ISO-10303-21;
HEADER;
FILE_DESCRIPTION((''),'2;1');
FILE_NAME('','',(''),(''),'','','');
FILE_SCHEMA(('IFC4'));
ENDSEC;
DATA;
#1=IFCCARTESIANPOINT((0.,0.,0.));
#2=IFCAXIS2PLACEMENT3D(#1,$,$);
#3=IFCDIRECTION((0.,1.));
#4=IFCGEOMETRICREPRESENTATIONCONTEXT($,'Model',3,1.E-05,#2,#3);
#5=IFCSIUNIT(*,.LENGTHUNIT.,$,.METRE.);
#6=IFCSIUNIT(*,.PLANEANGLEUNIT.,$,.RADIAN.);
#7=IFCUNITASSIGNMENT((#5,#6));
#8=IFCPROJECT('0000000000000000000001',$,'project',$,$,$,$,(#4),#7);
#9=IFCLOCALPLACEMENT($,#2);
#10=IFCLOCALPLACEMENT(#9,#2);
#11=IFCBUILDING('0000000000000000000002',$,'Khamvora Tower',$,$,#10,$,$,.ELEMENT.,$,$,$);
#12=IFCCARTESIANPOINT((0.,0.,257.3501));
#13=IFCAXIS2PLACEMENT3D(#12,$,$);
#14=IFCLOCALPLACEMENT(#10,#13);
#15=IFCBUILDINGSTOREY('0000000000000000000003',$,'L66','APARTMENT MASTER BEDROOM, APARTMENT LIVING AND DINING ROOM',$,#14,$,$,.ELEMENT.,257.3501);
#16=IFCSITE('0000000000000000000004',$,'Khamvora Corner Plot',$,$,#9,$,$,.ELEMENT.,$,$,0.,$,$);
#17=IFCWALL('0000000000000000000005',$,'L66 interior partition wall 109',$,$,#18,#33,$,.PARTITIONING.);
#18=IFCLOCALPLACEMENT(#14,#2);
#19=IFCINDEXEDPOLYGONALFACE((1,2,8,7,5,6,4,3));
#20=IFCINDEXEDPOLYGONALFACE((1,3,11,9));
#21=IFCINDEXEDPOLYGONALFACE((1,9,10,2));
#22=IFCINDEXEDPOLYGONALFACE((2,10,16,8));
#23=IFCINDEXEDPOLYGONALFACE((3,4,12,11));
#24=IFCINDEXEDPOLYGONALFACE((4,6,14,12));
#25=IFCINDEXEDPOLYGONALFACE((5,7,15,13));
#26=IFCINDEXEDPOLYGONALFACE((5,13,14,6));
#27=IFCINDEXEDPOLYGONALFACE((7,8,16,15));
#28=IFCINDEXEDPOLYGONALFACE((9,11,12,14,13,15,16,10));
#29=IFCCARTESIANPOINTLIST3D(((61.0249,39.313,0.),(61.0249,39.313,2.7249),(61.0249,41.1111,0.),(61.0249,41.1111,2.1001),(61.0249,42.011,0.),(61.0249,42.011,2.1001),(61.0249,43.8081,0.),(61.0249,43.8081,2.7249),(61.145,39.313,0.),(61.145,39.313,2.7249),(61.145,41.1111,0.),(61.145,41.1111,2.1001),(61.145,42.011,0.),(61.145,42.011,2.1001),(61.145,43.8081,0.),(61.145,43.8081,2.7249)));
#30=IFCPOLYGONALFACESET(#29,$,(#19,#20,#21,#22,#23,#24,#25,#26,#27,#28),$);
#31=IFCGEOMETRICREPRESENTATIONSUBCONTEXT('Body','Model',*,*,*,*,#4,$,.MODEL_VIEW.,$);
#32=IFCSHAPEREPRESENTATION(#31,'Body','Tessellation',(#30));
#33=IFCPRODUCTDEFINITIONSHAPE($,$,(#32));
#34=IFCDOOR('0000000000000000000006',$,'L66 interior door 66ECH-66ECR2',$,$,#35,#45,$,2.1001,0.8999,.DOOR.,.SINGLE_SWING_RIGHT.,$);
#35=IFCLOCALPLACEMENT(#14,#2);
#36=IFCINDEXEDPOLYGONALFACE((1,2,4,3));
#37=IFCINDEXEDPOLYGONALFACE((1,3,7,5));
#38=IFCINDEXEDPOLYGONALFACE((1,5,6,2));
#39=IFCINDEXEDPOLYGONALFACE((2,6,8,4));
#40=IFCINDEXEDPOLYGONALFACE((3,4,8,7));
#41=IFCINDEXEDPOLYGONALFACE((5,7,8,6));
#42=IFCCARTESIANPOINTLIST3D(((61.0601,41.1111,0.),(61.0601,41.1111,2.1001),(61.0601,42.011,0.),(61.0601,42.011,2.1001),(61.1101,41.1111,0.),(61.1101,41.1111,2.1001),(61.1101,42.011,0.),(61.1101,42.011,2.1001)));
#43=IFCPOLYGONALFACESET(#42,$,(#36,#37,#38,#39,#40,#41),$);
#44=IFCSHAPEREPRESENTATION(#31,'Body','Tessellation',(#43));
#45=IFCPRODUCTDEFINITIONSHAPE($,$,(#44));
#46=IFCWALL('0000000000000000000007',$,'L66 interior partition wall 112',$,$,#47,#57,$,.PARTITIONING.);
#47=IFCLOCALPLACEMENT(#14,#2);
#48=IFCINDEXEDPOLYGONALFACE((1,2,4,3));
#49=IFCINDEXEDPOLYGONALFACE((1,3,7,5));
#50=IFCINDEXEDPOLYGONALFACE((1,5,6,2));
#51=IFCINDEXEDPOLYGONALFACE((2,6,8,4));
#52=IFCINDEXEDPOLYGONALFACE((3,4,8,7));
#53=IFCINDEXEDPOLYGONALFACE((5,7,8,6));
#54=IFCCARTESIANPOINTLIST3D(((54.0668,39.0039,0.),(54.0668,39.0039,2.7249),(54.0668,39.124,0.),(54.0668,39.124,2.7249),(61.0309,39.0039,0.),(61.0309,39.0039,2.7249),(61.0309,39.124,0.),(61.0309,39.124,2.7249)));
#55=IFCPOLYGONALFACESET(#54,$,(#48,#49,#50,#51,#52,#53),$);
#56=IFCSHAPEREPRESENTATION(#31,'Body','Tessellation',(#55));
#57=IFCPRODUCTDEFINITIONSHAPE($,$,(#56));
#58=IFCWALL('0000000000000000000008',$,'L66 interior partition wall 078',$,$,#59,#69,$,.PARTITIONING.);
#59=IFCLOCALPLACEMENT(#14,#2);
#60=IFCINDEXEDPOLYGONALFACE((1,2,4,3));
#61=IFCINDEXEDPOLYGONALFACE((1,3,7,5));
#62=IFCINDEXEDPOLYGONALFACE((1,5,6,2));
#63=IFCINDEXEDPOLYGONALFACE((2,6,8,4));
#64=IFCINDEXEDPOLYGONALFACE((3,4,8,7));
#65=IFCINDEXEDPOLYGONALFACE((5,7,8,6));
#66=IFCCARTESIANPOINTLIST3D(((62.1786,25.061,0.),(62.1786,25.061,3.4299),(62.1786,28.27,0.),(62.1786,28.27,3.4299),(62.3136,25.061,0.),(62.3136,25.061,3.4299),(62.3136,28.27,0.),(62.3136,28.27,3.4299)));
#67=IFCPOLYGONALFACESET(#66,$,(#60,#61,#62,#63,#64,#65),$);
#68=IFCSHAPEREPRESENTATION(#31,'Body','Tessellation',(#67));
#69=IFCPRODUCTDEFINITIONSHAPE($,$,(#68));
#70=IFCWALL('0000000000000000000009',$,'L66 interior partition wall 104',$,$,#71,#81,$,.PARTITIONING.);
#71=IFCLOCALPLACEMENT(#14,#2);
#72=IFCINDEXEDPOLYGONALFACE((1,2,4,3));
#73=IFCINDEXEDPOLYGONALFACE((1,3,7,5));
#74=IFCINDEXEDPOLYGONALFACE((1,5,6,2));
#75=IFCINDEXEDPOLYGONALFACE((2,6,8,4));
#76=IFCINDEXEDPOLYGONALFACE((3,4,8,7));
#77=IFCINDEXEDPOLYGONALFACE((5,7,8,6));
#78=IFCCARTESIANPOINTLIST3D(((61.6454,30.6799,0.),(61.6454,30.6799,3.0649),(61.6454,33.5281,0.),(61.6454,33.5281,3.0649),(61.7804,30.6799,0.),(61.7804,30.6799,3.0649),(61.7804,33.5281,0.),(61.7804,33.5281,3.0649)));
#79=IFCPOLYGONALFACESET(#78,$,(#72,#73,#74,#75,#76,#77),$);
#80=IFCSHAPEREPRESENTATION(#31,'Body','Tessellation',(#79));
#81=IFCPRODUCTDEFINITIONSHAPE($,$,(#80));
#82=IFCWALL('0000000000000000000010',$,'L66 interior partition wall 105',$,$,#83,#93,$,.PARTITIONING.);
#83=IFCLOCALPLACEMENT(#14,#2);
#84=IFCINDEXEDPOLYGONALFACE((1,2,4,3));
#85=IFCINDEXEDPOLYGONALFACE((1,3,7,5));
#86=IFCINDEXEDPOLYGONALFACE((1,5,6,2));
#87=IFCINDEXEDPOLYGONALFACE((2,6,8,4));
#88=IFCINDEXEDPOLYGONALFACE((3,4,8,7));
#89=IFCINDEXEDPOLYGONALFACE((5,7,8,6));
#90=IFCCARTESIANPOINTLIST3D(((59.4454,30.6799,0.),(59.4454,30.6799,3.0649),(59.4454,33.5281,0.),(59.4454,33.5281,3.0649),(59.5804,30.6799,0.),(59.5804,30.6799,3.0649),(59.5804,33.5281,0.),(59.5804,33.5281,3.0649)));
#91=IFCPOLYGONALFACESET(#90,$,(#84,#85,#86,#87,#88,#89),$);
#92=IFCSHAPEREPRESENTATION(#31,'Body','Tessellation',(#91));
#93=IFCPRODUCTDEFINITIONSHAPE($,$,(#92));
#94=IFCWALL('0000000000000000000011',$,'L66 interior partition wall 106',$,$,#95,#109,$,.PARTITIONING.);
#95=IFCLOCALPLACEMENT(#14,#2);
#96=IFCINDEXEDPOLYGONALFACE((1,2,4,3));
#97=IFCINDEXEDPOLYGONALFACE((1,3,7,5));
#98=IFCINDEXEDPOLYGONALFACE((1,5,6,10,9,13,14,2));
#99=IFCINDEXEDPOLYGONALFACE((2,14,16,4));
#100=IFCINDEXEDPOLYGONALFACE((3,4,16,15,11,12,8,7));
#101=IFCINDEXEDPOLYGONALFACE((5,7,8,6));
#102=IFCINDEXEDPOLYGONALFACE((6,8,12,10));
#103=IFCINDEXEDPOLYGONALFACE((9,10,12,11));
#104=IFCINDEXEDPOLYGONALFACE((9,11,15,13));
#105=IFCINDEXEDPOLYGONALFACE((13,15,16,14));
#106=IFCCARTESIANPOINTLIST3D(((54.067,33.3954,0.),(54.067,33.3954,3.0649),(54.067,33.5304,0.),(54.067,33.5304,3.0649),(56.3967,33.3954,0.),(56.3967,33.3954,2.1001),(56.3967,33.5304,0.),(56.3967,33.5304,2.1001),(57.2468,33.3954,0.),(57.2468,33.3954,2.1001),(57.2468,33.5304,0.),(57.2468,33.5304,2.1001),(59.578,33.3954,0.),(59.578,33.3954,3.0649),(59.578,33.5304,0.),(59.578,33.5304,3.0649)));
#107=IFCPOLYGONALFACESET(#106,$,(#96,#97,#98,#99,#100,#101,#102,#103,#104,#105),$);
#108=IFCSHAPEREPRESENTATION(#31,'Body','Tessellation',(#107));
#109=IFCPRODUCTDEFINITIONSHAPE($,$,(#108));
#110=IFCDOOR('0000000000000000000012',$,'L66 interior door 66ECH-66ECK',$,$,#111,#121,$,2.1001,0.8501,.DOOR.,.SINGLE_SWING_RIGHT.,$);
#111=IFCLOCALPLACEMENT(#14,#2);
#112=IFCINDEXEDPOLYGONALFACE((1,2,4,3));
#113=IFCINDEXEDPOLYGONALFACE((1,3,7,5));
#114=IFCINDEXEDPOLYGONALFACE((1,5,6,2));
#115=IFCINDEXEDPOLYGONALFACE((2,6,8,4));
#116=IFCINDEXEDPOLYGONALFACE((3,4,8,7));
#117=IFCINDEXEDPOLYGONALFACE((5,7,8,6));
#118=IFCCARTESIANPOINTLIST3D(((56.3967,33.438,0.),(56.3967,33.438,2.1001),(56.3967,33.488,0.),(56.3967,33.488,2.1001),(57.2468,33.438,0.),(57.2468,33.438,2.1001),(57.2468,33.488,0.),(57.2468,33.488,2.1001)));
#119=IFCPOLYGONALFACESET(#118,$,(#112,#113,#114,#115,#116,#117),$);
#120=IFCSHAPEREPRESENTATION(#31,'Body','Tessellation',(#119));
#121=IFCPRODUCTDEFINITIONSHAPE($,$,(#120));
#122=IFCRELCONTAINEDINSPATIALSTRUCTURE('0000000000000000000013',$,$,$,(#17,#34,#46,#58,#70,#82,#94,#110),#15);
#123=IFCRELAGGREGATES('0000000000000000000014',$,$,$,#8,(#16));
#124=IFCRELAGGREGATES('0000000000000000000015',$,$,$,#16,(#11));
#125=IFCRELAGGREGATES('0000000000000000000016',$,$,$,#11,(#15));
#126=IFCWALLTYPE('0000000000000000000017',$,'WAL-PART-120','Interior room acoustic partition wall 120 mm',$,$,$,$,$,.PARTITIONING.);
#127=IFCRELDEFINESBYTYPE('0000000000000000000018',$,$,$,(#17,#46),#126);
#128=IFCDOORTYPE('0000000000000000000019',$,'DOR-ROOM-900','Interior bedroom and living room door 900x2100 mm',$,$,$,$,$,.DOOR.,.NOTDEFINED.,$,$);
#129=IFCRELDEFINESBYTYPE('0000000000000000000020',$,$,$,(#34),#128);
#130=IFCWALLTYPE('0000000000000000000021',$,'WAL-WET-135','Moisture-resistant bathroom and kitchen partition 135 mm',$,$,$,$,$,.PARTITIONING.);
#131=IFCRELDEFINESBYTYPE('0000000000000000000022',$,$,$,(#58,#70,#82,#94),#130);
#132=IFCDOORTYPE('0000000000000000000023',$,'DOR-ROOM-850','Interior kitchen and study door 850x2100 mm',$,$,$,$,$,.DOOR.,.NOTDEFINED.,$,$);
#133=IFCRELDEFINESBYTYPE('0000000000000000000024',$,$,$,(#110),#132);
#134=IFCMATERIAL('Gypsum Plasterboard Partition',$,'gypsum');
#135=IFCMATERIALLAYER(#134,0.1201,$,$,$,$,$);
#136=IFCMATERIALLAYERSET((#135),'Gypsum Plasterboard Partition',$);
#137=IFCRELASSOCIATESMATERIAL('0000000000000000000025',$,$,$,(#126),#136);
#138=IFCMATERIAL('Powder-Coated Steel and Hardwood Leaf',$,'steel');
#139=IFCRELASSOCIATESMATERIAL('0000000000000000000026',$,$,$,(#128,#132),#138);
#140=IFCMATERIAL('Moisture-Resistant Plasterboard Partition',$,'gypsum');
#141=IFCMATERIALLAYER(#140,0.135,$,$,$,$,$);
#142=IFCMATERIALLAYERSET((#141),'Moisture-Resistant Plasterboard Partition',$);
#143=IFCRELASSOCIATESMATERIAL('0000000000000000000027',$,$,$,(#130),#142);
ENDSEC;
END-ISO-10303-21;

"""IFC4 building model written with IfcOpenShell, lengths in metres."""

from ifc_helpers import new_model, si_unit, direction, frame, frame_2d, origin, place, context, subcontext, project, spatial, rectangle, extrude, material, layer, layer_set, type_object, element, fill, save


model = new_model("IFC4")

# Units and contexts
model_context = context("Model", 3, precision=1e-05, world=origin(), true_north=direction((0.0, 1.0)))
body_context = subcontext(model_context, "Body", "Model", "MODEL_VIEW")
ifc_project = project(units=[si_unit("LENGTHUNIT", "METRE"), si_unit("PLANEANGLEUNIT", "RADIAN")], contexts=[model_context])

# Site, building, storey
site_placement = place(None, origin())
site = spatial("IfcSite", under=ifc_project, at=site_placement, Name="Khamvora Corner Plot", CompositionType="ELEMENT", RefElevation=0.0)
building_placement = place(site_placement, origin())
building = spatial("IfcBuilding", under=site, at=building_placement, Name="Khamvora Tower", CompositionType="ELEMENT")
storey_placement = place(building_placement, frame((0.0, 0.0, 257.3501)))
storey = spatial("IfcBuildingStorey", under=building, at=storey_placement, Name="L66", Description="APARTMENT MASTER BEDROOM, APARTMENT LIVING AND DINING ROOM", CompositionType="ELEMENT", Elevation=257.3501)

# Shared definitions
ifc_material_1 = material(Name="Powder-Coated Steel and Hardwood Leaf", Category="steel")

# Shared definitions
ifc_material_2 = material(Name="Gypsum Plasterboard Partition", Category="gypsum")
ifc_layer_1 = layer(ifc_material_2, 0.1201)
ifc_layer_set_1 = layer_set([ifc_layer_1], Name="Gypsum Plasterboard Partition")
wall_type_1 = type_object("IfcWallType", Name="WAL-PART-120", Description="Interior room acoustic partition wall 120 mm", PredefinedType="PARTITIONING", material=ifc_layer_set_1)
door_type_1 = type_object("IfcDoorType", Name="DOR-ROOM-900", Description="Interior bedroom and living room door 900x2100 mm", OperationType="NOTDEFINED", PredefinedType="DOOR", material=ifc_material_1)

# Wall, opening, door
wall_1_placement = place(storey_placement, frame((61.085, 39.313, 0.0), z_axis=(0.0, 0.0, 1.0), x_axis=(0.0, 1.0, 0.0)))
wall_1 = element("IfcWall", 1, at=wall_1_placement, inside=storey, type_object=wall_type_1, Name="L66 interior partition wall 109", PredefinedType="PARTITIONING", context=body_context, shape_type="SweptSolid", body=[
    extrude(rectangle(XDim=4.4951, YDim=0.1201, at=frame_2d((2.2476, 0.0))), origin(), (0.0, 0.0, 1.0), 2.7249),
])
opening_1_placement = place(wall_1_placement, frame((1.7981, 0.0, 0.0)))
opening_1 = element("IfcOpeningElement", 2, at=opening_1_placement, cuts=wall_1, PredefinedType="OPENING", context=body_context, shape_type="SweptSolid", body=[
    extrude(rectangle(XDim=0.8999, YDim=2.1001, at=frame_2d((0.45, 1.05))), frame((0.0, 0.0701, 0.0), z_axis=(0.0, -1.0, 0.0), x_axis=(1.0, 0.0, 0.0)), (0.0, 0.0, 1.0), 0.1401),
])
door_1_placement = place(opening_1_placement, origin())
door_1 = element("IfcDoor", 3, at=door_1_placement, inside=storey, type_object=door_type_1, Name="L66 interior door 66ECH-66ECR2", OperationType="SINGLE_SWING_RIGHT", OverallHeight=2.1001, OverallWidth=0.8999, PredefinedType="DOOR", context=body_context, shape_type="SweptSolid", body=[
    extrude(rectangle(XDim=0.8999, YDim=2.1001, at=frame_2d((0.45, 1.05))), frame((0.0, 0.0249, 0.0), z_axis=(0.0, -1.0, 0.0), x_axis=(1.0, 0.0, 0.0)), (0.0, 0.0, 1.0), 0.05),
])
fill(opening_1, door_1)

# Walls
wall_2_placement = place(storey_placement, frame((54.0669, 39.064, 0.0), z_axis=(0.0, 0.0, 1.0), x_axis=(1.0, 0.0, 0.0)))
element("IfcWall", 4, at=wall_2_placement, inside=storey, type_object=wall_type_1, Name="L66 interior partition wall 112", PredefinedType="PARTITIONING", context=body_context, shape_type="SweptSolid", body=[
    extrude(rectangle(XDim=6.9641, YDim=0.1201, at=frame_2d((3.4819, 0.0))), origin(), (0.0, 0.0, 1.0), 2.7249),
])
ifc_material_3 = material(Name="Moisture-Resistant Plasterboard Partition", Category="gypsum")
ifc_layer_2 = layer(ifc_material_3, 0.135)
ifc_layer_set_2 = layer_set([ifc_layer_2], Name="Moisture-Resistant Plasterboard Partition")
wall_type_2 = type_object("IfcWallType", Name="WAL-WET-135", Description="Moisture-resistant bathroom and kitchen partition 135 mm", PredefinedType="PARTITIONING", material=ifc_layer_set_2)
wall_3_placement = place(storey_placement, frame((62.2461, 28.27, 0.0), z_axis=(0.0, 0.0, 1.0), x_axis=(0.0, -1.0, 0.0)))
element("IfcWall", 5, at=wall_3_placement, inside=storey, type_object=wall_type_2, Name="L66 interior partition wall 078", PredefinedType="PARTITIONING", context=body_context, shape_type="SweptSolid", body=[
    extrude(rectangle(XDim=3.209, YDim=0.135, at=frame_2d((1.6045, 0.0))), origin(), (0.0, 0.0, 1.0), 3.4299),
])
for number, where, z_axis, x_axis, name in (
    (6, (61.7129, 33.5281, 0.0), (0.0, 0.0, 1.0), (0.0, -1.0, 0.0), "L66 interior partition wall 104"),
    (7, (59.5129, 30.6799, 0.0), (0.0, 0.0, 1.0), (0.0, 1.0, 0.0), "L66 interior partition wall 105"),
):
    element("IfcWall", number, at=place(storey_placement, frame(where, z_axis=z_axis, x_axis=x_axis)), inside=storey, type_object=wall_type_2, Name=name, PredefinedType="PARTITIONING", context=body_context, shape_type="SweptSolid", body=[
        extrude(rectangle(XDim=2.8481, YDim=0.135, at=frame_2d((1.4241, 0.0))), origin(), (0.0, 0.0, 1.0), 3.0649),
    ])

# Wall, opening, door
wall_4_placement = place(storey_placement, frame((59.5779, 33.4629, 0.0), z_axis=(0.0, 0.0, 1.0), x_axis=(-1.0, 0.0, 0.0)))
wall_4 = element("IfcWall", 8, at=wall_4_placement, inside=storey, type_object=wall_type_2, Name="L66 interior partition wall 106", PredefinedType="PARTITIONING", context=body_context, shape_type="SweptSolid", body=[
    extrude(rectangle(XDim=5.511, YDim=0.135, at=frame_2d((2.7554, 0.0))), origin(), (0.0, 0.0, 1.0), 3.0649),
])
opening_2_placement = place(wall_4_placement, frame((2.3311, 0.0, 0.0)))
opening_2 = element("IfcOpeningElement", 9, at=opening_2_placement, cuts=wall_4, PredefinedType="OPENING", context=body_context, shape_type="SweptSolid", body=[
    extrude(rectangle(XDim=0.8501, YDim=2.1001, at=frame_2d((0.425, 1.05))), frame((0.0, 0.0774, 0.0), z_axis=(0.0, -1.0, 0.0), x_axis=(1.0, 0.0, 0.0)), (0.0, 0.0, 1.0), 0.155),
])
door_type_2 = type_object("IfcDoorType", Name="DOR-ROOM-850", Description="Interior kitchen and study door 850x2100 mm", OperationType="NOTDEFINED", PredefinedType="DOOR", material=ifc_material_1)
door_2_placement = place(opening_2_placement, origin())
door_2 = element("IfcDoor", 10, at=door_2_placement, inside=storey, type_object=door_type_2, Name="L66 interior door 66ECH-66ECK", OperationType="SINGLE_SWING_RIGHT", OverallHeight=2.1001, OverallWidth=0.8501, PredefinedType="DOOR", context=body_context, shape_type="SweptSolid", body=[
    extrude(rectangle(XDim=0.8501, YDim=2.1001, at=frame_2d((0.425, 1.05))), frame((0.0, 0.0249, 0.0), z_axis=(0.0, -1.0, 0.0), x_axis=(1.0, 0.0, 0.0)), (0.0, 0.0, 1.0), 0.05),
])
fill(opening_2, door_2)

save(model, "model.ifc")
